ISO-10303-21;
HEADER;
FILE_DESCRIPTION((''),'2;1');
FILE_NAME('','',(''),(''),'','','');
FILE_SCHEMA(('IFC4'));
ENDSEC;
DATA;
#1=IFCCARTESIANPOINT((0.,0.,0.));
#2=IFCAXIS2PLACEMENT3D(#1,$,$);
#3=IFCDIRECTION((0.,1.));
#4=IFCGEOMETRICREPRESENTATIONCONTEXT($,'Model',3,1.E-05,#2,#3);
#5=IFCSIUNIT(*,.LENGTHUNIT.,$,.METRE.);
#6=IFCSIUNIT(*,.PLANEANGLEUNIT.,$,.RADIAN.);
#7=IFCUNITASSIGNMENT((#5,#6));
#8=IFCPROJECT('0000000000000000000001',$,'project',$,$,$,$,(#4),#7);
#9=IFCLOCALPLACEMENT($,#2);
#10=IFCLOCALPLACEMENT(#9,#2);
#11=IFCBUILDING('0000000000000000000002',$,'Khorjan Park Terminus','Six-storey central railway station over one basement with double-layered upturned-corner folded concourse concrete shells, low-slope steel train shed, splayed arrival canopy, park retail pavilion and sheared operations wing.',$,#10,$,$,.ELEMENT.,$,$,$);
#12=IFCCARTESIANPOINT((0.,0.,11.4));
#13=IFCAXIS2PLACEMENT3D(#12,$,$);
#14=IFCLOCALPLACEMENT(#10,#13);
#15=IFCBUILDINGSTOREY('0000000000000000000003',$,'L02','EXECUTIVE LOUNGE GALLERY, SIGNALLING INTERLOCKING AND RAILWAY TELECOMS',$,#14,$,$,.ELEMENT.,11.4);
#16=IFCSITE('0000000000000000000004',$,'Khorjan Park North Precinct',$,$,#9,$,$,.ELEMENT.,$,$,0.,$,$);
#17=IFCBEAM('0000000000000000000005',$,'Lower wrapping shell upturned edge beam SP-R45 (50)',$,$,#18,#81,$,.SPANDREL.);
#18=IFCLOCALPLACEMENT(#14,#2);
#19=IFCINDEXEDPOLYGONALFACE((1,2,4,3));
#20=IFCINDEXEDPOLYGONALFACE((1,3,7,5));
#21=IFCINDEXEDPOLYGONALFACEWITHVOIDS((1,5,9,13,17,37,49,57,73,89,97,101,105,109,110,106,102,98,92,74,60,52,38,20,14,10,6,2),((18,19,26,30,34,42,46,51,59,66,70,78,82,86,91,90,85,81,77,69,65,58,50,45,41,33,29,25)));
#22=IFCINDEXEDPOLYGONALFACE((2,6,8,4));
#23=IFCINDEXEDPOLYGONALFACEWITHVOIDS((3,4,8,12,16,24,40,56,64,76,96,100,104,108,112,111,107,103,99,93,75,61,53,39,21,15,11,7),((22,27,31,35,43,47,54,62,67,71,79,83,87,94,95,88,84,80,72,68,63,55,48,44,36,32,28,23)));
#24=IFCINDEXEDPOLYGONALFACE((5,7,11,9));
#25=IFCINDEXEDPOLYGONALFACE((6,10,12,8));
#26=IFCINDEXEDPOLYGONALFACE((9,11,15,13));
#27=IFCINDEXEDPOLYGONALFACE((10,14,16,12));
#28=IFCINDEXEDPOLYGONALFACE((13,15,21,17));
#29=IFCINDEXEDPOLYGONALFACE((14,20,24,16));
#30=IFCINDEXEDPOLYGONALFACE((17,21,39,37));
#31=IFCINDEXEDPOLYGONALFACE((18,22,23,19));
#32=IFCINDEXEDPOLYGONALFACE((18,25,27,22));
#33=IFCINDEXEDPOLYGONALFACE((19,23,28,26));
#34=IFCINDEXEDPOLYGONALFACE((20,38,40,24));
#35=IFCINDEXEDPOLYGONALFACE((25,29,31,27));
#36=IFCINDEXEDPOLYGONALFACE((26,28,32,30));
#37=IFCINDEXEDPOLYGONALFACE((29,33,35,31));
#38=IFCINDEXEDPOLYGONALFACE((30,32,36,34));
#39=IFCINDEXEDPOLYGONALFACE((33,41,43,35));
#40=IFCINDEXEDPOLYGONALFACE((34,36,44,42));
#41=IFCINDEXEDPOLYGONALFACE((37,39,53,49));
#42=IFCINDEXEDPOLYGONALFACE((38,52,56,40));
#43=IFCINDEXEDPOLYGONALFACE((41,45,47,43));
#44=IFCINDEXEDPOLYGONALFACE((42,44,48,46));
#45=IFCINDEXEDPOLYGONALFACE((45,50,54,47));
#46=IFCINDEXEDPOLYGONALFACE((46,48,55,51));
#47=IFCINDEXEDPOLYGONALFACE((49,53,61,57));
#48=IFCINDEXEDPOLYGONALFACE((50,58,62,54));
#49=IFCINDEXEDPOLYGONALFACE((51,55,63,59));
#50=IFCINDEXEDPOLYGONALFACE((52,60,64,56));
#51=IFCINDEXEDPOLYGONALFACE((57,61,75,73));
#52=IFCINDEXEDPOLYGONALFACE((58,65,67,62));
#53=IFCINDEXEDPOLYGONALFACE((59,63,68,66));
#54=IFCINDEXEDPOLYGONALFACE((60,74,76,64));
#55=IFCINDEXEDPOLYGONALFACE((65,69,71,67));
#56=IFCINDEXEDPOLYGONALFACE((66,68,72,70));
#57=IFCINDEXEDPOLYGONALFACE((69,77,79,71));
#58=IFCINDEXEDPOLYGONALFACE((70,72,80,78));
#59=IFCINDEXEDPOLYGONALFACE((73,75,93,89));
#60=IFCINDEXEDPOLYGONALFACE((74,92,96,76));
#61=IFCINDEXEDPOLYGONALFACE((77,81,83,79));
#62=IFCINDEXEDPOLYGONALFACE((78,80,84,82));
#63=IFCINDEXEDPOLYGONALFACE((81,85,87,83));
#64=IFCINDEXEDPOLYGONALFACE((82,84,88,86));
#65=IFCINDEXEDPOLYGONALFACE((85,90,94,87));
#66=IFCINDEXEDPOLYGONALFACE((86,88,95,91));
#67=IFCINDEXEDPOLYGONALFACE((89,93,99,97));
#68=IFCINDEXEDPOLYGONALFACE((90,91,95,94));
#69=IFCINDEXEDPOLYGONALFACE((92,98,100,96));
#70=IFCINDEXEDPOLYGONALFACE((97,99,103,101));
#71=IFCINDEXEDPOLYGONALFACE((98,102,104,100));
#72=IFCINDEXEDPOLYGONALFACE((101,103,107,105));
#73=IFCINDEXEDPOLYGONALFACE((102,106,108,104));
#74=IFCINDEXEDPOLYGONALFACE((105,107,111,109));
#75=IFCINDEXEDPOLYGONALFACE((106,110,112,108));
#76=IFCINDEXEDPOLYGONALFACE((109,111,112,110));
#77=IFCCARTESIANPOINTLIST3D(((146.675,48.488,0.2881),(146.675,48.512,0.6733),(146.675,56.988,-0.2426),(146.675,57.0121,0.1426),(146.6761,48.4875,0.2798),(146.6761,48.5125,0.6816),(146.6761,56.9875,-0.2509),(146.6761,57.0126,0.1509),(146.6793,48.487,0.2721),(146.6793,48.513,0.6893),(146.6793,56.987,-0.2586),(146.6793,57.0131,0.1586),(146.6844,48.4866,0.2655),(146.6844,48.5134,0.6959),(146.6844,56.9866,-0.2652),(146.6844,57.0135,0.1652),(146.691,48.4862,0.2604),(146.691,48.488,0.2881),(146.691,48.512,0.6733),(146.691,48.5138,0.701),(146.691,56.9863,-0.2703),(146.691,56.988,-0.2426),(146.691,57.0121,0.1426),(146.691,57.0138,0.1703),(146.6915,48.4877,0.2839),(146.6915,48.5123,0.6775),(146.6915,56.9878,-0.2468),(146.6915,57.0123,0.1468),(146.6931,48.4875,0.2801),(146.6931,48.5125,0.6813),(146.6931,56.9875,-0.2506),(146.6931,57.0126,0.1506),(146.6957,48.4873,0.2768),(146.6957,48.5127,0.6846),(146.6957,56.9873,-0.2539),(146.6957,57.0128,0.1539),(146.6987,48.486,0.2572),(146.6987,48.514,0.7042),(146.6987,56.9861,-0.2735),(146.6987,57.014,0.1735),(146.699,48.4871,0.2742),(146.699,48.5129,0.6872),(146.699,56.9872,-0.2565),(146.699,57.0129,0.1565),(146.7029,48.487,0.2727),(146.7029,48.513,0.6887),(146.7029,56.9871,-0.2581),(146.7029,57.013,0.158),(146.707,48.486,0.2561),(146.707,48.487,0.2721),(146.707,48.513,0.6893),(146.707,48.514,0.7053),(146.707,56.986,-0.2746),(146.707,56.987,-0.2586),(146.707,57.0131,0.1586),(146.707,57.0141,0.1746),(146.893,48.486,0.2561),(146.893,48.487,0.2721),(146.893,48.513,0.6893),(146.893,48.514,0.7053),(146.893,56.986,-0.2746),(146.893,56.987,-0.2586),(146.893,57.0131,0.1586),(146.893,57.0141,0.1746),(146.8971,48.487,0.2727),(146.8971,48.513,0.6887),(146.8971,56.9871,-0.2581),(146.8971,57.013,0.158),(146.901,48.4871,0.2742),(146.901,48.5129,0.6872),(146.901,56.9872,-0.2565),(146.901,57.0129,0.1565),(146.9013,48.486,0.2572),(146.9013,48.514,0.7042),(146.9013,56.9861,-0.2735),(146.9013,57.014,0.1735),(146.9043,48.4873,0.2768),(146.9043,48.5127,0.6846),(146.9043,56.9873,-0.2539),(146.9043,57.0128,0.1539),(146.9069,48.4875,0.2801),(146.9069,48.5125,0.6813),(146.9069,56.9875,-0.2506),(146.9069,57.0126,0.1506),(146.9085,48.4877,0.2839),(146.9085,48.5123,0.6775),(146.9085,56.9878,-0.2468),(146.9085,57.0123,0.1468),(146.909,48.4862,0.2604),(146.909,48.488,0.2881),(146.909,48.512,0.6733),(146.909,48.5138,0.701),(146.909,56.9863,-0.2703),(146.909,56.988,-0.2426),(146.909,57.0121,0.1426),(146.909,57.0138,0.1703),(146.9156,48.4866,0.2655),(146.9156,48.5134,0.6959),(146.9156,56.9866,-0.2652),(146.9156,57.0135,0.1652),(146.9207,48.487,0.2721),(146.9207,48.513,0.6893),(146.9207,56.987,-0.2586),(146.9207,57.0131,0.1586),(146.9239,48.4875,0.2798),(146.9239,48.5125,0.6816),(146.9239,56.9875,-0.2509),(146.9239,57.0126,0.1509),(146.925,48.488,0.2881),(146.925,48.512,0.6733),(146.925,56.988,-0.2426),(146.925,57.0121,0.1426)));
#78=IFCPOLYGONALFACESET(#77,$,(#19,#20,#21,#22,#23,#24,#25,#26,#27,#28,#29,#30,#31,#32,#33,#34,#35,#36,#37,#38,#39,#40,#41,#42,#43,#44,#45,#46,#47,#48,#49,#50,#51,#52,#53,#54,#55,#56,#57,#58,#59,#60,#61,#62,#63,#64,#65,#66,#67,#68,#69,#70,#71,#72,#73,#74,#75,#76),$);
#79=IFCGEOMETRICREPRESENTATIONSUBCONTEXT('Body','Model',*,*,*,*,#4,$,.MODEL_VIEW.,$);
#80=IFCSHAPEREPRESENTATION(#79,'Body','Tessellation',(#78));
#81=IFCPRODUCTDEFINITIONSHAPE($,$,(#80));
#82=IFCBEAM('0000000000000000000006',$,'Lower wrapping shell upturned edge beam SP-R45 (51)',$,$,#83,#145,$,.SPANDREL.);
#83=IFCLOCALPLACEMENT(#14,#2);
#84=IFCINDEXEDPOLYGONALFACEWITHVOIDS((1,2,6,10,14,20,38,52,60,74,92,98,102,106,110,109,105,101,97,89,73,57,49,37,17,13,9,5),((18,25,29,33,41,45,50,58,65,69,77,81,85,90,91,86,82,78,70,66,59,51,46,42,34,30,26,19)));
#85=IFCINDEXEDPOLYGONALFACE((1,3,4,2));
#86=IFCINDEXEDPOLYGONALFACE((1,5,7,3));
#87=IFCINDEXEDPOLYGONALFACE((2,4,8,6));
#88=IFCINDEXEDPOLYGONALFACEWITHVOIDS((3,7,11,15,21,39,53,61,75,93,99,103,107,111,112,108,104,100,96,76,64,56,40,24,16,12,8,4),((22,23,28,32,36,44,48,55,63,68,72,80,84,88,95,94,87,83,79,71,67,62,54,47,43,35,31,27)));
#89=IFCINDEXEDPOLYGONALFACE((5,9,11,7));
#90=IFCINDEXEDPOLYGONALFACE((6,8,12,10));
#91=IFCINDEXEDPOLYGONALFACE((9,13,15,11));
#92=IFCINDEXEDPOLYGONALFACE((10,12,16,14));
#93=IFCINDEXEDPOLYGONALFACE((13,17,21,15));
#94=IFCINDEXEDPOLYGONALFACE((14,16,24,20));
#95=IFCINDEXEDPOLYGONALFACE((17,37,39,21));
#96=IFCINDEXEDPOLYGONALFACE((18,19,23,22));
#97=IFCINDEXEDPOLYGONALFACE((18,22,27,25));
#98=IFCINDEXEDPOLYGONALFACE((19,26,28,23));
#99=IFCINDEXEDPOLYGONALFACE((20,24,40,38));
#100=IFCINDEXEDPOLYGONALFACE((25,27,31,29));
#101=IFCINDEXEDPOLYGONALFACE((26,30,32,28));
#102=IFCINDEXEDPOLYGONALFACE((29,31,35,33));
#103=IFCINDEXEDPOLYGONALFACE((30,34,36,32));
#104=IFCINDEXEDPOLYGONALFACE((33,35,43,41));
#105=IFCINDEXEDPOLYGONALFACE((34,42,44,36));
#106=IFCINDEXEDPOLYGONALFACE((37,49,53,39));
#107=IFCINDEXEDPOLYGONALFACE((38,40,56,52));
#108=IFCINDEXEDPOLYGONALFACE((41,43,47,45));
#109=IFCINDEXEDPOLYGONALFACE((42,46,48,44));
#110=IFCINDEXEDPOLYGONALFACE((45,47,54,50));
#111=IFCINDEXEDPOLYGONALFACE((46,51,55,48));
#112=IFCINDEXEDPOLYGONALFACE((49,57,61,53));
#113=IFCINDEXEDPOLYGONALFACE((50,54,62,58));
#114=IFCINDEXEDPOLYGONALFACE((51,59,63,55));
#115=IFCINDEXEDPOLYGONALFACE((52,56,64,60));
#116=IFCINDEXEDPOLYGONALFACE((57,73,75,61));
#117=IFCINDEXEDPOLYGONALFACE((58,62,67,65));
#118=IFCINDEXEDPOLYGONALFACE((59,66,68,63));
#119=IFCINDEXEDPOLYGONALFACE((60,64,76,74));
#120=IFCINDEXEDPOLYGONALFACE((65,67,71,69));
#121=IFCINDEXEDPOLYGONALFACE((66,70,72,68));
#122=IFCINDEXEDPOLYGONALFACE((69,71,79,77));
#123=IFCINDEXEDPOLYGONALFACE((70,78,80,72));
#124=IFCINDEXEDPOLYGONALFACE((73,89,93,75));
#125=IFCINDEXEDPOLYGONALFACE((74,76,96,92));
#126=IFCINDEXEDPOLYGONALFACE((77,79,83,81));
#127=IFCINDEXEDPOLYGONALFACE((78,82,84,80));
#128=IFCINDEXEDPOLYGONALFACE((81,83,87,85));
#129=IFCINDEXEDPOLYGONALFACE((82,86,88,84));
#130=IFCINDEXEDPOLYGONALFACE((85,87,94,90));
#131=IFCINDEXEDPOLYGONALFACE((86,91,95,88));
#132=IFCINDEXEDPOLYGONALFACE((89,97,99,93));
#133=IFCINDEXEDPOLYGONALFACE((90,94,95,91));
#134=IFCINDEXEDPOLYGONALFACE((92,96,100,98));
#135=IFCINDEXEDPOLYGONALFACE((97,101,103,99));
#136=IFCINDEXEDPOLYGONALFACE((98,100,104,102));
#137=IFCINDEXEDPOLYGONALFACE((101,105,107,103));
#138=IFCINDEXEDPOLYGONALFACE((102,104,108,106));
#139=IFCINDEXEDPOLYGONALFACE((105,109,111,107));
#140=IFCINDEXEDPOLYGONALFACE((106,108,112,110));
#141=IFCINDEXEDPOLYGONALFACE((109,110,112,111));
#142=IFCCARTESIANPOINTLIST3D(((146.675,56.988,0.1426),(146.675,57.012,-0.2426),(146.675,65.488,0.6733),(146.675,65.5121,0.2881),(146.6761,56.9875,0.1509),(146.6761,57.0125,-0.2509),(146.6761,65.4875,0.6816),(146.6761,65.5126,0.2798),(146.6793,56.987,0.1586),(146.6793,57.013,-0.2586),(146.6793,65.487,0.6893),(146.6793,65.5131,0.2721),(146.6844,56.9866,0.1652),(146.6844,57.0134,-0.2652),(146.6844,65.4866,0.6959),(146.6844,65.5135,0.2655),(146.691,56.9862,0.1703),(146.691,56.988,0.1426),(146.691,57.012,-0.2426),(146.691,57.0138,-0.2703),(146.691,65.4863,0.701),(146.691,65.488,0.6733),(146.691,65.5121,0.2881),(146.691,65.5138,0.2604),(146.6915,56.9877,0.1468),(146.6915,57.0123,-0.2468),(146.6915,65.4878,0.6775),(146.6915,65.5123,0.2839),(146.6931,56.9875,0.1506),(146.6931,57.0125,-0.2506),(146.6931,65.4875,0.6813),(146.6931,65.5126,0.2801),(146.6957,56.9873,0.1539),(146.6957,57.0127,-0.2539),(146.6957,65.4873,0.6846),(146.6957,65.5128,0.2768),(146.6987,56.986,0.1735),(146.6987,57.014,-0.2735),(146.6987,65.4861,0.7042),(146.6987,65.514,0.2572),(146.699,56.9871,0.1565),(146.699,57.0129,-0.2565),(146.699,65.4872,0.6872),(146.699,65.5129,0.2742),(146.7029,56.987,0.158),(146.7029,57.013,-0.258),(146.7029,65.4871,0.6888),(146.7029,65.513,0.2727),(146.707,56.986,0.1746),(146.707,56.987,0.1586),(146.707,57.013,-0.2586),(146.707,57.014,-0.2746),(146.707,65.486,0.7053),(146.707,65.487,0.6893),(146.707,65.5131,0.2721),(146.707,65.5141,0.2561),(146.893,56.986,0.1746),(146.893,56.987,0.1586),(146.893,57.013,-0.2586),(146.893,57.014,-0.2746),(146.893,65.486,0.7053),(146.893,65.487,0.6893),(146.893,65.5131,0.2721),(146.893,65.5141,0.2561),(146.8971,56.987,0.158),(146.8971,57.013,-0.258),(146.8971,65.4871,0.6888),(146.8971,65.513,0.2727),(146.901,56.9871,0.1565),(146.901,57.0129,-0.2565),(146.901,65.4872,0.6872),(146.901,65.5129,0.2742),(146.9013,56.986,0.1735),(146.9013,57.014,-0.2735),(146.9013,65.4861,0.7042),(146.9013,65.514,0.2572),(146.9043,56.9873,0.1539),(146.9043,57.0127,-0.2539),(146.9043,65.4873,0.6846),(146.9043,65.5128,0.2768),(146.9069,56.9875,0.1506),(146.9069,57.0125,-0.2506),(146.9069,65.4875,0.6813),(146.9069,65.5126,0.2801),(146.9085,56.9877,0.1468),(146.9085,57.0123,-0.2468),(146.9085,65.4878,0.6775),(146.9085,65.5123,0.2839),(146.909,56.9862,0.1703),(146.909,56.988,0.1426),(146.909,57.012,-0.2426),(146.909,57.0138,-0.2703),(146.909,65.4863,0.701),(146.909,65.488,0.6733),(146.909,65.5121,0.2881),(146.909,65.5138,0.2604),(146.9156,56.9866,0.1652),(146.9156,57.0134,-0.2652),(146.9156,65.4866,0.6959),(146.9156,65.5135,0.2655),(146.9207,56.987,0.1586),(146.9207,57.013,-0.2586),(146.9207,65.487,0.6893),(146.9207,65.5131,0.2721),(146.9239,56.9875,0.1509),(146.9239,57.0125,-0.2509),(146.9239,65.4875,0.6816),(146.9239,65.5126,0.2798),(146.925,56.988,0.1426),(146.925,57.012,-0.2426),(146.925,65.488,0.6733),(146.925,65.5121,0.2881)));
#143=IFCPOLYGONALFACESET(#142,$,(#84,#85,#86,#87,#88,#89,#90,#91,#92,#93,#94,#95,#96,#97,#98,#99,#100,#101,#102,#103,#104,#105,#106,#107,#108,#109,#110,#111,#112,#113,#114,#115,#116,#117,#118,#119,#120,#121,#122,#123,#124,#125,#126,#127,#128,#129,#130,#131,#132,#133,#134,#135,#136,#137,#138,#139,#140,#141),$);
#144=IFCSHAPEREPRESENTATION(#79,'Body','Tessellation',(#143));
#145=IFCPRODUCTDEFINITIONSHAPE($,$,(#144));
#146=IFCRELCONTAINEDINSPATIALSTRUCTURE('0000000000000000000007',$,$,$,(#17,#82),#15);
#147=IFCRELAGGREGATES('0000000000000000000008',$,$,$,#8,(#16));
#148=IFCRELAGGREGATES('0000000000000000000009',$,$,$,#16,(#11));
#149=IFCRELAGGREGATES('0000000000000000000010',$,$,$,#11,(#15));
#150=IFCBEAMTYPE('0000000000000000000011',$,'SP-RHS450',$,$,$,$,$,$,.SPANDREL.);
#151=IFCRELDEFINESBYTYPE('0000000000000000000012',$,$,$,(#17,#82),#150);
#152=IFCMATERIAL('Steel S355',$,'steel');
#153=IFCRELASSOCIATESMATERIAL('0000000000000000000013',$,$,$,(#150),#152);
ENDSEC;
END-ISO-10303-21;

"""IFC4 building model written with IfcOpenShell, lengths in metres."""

from ifc_helpers import new_model, si_unit, direction, frame, origin, origin_2d, place, context, subcontext, project, spatial, hollow_rectangle, extrude, material, material_profile, profile_set, type_object, element, save


model = new_model("IFC4")

# Units and contexts
model_context = context("Model", 3, precision=1e-05, world=origin(), true_north=direction((0.0, 1.0)))
body_context = subcontext(model_context, "Body", "Model", "MODEL_VIEW")
ifc_project = project(units=[si_unit("LENGTHUNIT", "METRE"), si_unit("PLANEANGLEUNIT", "RADIAN")], contexts=[model_context])

# Site, building, storey
site_placement = place(None, origin())
site = spatial("IfcSite", under=ifc_project, at=site_placement, Name="Khorjan Park North Precinct", CompositionType="ELEMENT", RefElevation=0.0)
building_placement = place(site_placement, origin())
building = spatial("IfcBuilding", under=site, at=building_placement, Name="Khorjan Park Terminus", Description="Six-storey central railway station over one basement with double-layered upturned-corner folded concourse concrete shells, low-slope steel train shed, splayed arrival canopy, park retail pavilion and sheared operations wing.", CompositionType="ELEMENT")
storey_placement = place(building_placement, frame((0.0, 0.0, 11.4)))
storey = spatial("IfcBuildingStorey", under=building, at=storey_placement, Name="L02", Description="EXECUTIVE LOUNGE GALLERY, SIGNALLING INTERLOCKING AND RAILWAY TELECOMS", CompositionType="ELEMENT", Elevation=11.4)

# Shared definitions
ifc_material_1 = material(Name="Steel S355", Category="steel")

# Beams
ifc_material_profile_1 = material_profile(ifc_material_1, hollow_rectangle(XDim=0.25, YDim=0.45, WallThickness=0.016, InnerFilletRadius=0.016, OuterFilletRadius=0.032, at=origin_2d()), Name="RHS 450x250x16")
ifc_profile_set_1 = profile_set([ifc_material_profile_1], Name="Steel S355")
beam_type_1 = type_object("IfcBeamType", Name="SP-RHS450", PredefinedType="SPANDREL", material=ifc_profile_set_1)
for number, where, z_axis, x_axis, name in (
    (1, (146.8, 48.5, 0.4807), (0.0, 0.998057, -0.062314), (-1.0, 0.0, 0.0), "Lower wrapping shell upturned edge beam SP-R45 (50)"),
    (2, (146.8, 57.0, -0.05), (0.0, 0.998057, 0.062314), (-1.0, 0.0, 0.0), "Lower wrapping shell upturned edge beam SP-R45 (51)"),
):
    element("IfcBeam", number, at=place(storey_placement, frame(where, z_axis=z_axis, x_axis=x_axis)), inside=storey, type_object=beam_type_1, Name=name, PredefinedType="SPANDREL", context=body_context, shape_type="SweptSolid", body=[
        extrude(hollow_rectangle(XDim=0.25, YDim=0.45, WallThickness=0.016, InnerFilletRadius=0.016, OuterFilletRadius=0.032, at=origin_2d()), origin(), (0.0, 0.0, 1.0), 8.5166),
    ])

save(model, "model.ifc")
